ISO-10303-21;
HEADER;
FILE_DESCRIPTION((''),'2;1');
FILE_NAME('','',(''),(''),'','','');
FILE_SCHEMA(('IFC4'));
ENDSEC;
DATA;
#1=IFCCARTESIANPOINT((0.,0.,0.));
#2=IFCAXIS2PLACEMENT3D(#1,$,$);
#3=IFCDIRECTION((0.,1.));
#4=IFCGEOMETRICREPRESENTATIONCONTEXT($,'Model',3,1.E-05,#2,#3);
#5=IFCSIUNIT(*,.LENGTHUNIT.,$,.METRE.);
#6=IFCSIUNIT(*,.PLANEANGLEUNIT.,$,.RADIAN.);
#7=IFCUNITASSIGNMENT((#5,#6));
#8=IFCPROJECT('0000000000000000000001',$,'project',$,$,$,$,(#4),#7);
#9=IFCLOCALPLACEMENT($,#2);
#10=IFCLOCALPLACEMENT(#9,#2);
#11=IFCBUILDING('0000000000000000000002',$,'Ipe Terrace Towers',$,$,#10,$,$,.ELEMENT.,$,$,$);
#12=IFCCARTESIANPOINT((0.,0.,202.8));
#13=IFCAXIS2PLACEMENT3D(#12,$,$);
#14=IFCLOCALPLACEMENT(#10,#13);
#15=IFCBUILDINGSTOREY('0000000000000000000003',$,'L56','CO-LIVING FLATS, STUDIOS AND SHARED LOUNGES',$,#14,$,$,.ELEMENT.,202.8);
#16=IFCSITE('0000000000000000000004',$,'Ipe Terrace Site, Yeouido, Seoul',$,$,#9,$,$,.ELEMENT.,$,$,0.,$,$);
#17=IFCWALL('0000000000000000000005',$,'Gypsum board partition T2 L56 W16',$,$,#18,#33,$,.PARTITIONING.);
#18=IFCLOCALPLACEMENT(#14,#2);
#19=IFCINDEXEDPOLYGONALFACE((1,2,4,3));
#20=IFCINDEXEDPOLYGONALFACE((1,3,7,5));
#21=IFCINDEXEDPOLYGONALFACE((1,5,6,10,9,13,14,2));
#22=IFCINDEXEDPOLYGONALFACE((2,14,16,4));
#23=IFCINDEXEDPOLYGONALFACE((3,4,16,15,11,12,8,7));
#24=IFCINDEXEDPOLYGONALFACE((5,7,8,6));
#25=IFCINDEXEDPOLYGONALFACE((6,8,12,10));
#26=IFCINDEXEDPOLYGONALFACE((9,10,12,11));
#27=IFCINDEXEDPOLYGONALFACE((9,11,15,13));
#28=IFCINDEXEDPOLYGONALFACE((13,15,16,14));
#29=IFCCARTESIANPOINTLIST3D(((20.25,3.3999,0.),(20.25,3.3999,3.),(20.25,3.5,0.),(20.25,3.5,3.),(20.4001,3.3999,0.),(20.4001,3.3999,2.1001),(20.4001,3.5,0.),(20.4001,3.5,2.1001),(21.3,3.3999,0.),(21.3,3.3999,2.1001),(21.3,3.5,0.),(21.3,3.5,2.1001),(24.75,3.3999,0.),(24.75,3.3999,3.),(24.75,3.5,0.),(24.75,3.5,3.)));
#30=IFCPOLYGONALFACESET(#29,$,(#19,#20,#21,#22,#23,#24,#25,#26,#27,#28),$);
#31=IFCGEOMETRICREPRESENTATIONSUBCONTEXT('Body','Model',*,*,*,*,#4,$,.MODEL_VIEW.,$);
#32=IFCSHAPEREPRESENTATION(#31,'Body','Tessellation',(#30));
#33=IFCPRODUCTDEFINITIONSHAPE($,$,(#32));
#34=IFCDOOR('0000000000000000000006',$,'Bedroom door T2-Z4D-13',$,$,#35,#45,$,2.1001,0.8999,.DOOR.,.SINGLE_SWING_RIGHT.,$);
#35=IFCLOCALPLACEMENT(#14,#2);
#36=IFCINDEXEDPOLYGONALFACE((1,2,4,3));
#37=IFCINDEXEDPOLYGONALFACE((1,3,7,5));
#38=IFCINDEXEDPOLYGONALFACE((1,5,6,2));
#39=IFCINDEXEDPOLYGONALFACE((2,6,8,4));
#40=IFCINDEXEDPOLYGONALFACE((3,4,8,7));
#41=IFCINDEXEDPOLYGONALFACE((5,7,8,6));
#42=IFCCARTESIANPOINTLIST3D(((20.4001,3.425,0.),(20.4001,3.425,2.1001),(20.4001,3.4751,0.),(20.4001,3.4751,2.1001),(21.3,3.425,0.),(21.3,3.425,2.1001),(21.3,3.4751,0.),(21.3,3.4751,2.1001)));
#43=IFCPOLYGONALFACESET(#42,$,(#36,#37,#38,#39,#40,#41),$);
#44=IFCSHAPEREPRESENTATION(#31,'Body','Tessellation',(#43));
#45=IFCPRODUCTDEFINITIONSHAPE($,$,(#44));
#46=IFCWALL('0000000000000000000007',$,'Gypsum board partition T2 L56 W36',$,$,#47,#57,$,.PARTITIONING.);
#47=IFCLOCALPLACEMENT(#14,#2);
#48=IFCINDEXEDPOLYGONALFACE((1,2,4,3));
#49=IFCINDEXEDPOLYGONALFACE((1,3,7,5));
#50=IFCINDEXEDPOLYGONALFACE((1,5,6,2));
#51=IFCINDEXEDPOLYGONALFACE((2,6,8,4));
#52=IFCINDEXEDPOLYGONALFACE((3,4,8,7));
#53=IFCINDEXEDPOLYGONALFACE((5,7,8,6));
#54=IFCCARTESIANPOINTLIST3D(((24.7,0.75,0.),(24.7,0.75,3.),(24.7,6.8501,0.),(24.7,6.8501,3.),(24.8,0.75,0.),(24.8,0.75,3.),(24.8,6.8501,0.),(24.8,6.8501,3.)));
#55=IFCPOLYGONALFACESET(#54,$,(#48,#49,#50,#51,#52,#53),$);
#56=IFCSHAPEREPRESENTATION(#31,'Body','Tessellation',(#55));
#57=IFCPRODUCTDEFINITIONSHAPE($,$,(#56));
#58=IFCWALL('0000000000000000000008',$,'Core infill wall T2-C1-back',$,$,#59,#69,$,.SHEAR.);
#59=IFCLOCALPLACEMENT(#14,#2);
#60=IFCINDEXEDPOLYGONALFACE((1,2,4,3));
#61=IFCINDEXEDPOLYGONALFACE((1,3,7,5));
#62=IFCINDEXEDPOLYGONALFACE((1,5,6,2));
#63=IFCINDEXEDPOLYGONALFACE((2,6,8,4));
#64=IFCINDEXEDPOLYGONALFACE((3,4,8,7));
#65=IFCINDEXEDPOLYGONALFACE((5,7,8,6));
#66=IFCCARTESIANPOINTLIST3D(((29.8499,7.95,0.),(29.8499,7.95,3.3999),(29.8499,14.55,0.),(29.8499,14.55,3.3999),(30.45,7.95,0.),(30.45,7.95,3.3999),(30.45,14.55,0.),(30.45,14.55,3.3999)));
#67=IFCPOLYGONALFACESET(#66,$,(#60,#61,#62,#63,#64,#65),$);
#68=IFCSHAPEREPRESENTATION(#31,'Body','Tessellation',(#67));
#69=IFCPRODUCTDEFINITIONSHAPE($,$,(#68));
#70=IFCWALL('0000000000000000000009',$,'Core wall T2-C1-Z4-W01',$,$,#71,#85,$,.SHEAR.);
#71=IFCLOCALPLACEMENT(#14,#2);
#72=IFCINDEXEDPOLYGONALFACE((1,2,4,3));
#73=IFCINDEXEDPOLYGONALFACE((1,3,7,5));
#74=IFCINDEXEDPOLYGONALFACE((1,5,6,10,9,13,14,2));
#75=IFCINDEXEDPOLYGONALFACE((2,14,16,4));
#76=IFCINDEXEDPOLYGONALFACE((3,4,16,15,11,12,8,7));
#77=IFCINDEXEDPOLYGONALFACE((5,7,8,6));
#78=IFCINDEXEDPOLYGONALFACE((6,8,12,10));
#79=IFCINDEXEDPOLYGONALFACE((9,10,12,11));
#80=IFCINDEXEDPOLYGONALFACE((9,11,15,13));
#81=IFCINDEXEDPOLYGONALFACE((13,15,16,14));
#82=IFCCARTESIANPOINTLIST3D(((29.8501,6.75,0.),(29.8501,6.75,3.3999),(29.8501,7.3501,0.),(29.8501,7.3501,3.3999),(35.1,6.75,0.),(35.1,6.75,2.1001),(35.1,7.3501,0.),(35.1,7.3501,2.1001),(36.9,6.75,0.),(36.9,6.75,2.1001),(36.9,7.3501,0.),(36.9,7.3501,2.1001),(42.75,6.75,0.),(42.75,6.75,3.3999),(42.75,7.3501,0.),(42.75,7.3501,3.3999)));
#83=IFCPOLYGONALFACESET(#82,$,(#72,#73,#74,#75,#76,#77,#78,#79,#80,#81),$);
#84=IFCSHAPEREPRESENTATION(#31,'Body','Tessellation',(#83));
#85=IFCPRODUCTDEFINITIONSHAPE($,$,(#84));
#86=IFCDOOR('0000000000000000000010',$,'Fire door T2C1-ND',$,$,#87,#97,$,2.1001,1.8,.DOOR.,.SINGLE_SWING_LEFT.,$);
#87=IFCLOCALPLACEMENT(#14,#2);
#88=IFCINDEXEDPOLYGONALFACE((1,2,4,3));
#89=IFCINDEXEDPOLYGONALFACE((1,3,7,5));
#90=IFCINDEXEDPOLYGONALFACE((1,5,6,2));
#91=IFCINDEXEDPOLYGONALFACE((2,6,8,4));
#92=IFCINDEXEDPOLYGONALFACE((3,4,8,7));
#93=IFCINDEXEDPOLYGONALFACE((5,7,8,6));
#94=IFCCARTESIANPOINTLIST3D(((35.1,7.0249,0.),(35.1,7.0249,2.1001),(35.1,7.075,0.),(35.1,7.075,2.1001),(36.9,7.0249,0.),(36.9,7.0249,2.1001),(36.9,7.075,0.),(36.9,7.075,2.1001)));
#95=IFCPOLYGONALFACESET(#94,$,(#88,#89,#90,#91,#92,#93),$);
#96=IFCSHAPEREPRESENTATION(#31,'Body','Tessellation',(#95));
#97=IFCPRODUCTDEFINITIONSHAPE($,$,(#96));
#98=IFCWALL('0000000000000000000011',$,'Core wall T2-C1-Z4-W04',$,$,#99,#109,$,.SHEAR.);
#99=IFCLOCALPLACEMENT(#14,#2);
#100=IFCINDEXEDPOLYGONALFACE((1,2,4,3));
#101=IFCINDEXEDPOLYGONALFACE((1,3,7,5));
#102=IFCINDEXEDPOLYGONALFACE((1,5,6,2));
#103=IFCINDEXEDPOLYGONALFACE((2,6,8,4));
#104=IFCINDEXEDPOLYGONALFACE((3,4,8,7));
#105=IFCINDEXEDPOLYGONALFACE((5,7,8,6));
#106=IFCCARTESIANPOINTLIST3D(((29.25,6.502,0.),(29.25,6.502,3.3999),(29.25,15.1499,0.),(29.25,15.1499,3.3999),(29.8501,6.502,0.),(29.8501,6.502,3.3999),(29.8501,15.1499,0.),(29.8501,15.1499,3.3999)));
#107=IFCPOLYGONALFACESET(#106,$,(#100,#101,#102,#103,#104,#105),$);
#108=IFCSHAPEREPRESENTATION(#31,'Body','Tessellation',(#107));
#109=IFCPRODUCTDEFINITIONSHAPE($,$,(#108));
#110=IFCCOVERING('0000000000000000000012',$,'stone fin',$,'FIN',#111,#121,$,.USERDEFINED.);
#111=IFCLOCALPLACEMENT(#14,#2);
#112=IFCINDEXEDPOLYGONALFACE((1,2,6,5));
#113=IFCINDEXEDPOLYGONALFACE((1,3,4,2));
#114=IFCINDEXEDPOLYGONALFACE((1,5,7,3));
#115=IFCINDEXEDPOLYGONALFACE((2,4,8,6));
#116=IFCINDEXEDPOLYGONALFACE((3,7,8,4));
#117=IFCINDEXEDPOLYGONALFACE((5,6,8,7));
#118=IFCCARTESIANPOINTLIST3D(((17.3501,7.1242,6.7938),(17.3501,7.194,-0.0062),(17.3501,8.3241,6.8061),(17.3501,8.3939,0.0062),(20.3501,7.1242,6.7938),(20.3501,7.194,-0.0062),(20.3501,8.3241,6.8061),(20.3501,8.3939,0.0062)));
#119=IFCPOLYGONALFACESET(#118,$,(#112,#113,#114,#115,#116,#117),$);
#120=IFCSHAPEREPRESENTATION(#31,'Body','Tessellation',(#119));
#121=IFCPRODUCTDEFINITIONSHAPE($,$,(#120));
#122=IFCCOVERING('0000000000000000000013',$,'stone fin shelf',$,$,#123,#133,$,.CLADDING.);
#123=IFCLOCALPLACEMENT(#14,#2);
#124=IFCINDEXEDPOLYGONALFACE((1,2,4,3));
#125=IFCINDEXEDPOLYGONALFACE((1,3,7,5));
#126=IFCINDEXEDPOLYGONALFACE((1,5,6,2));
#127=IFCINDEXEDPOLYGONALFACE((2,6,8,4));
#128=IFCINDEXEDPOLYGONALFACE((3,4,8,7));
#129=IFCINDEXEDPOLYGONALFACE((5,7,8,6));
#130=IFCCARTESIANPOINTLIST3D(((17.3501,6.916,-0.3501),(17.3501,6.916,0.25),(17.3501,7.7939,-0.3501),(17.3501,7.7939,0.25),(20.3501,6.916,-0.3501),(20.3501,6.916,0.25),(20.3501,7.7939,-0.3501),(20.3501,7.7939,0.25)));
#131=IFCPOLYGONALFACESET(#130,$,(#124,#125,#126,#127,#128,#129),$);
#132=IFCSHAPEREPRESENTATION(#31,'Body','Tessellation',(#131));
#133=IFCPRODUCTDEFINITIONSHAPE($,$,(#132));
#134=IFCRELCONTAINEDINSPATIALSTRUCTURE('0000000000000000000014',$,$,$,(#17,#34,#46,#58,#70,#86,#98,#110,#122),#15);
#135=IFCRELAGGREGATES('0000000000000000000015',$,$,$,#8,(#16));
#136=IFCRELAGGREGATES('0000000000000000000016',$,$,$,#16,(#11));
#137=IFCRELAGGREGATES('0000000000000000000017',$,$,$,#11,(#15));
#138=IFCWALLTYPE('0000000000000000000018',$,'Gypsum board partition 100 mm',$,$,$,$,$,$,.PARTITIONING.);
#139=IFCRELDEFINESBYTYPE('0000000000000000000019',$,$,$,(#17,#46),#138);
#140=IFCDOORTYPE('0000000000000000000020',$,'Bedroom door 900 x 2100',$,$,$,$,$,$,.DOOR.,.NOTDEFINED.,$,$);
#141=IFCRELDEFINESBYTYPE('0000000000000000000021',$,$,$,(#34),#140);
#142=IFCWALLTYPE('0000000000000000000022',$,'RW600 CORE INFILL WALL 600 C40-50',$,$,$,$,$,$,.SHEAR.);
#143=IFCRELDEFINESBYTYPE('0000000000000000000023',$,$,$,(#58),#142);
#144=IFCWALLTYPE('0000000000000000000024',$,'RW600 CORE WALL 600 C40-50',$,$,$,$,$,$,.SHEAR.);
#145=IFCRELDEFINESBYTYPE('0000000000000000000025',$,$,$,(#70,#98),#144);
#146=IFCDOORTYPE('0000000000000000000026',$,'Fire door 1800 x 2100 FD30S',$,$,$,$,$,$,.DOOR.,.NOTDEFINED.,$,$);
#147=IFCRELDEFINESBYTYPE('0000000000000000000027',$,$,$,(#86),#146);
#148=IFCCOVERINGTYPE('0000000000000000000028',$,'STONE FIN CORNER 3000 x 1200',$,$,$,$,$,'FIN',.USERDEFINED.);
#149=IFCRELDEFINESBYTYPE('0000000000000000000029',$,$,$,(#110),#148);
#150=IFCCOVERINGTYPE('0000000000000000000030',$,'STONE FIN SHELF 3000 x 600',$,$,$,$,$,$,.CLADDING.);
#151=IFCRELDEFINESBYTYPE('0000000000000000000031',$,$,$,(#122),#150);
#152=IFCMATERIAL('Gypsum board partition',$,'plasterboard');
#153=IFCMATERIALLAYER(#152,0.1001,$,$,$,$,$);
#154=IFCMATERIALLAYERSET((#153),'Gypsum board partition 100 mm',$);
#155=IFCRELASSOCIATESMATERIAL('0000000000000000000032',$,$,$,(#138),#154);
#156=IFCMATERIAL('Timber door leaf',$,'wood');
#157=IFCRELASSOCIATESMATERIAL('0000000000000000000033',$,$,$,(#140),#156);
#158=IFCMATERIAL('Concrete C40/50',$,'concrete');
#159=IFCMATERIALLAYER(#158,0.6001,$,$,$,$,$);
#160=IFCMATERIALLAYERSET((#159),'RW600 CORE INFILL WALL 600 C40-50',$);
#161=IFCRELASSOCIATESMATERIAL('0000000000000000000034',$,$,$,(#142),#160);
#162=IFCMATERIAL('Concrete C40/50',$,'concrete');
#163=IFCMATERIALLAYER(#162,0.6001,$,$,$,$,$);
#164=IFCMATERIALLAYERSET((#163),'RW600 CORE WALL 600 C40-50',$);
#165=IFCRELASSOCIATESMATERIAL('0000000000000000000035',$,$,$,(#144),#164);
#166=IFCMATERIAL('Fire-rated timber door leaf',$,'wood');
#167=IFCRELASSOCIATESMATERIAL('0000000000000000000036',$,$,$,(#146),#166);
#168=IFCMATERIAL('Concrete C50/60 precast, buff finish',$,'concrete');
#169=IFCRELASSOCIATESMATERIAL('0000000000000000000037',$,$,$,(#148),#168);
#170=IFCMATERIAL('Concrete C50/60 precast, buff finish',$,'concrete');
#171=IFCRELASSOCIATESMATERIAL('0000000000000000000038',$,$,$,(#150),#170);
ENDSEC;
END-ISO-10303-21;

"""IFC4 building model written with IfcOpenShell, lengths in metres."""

from ifc_helpers import new_model, si_unit, direction, frame, frame_2d, origin, origin_2d, place, context, subcontext, project, spatial, rectangle, extrude, material, layer, layer_set, material_profile, profile_set, type_object, element, fill, save


model = new_model("IFC4")

# Units and contexts
model_context = context("Model", 3, precision=1e-05, world=origin(), true_north=direction((0.0, 1.0)))
body_context = subcontext(model_context, "Body", "Model", "MODEL_VIEW")
ifc_project = project(units=[si_unit("LENGTHUNIT", "METRE"), si_unit("PLANEANGLEUNIT", "RADIAN")], contexts=[model_context])

# Site, building, storey
site_placement = place(None, origin())
site = spatial("IfcSite", under=ifc_project, at=site_placement, Name="Ipe Terrace Site, Yeouido, Seoul", CompositionType="ELEMENT", RefElevation=0.0)
building_placement = place(site_placement, origin())
building = spatial("IfcBuilding", under=site, at=building_placement, Name="Ipe Terrace Towers", CompositionType="ELEMENT")
storey_placement = place(building_placement, frame((0.0, 0.0, 202.8)))
storey = spatial("IfcBuildingStorey", under=building, at=storey_placement, Name="L56", Description="CO-LIVING FLATS, STUDIOS AND SHARED LOUNGES", CompositionType="ELEMENT", Elevation=202.8)

# Shared definitions
ifc_material_1 = material(Name="Gypsum board partition", Category="plasterboard")
ifc_layer_1 = layer(ifc_material_1, 0.1001)
ifc_layer_set_1 = layer_set([ifc_layer_1], Name="Gypsum board partition 100 mm")
wall_type_1 = type_object("IfcWallType", Name="Gypsum board partition 100 mm", PredefinedType="PARTITIONING", material=ifc_layer_set_1)

# Wall, opening, door
ifc_material_2 = material(Name="Timber door leaf", Category="wood")
door_type_1 = type_object("IfcDoorType", Name="Bedroom door 900 x 2100", OperationType="NOTDEFINED", PredefinedType="DOOR", material=ifc_material_2)
wall_1_placement = place(storey_placement, frame((24.75, 3.45, 0.0), z_axis=(0.0, 0.0, 1.0), x_axis=(-1.0, 0.0, 0.0)))
wall_1 = element("IfcWall", 1, at=wall_1_placement, inside=storey, type_object=wall_type_1, Name="Gypsum board partition T2 L56 W16", PredefinedType="PARTITIONING", context=body_context, shape_type="SweptSolid", body=[
    extrude(rectangle(XDim=4.5, YDim=0.1001, at=frame_2d((2.25, 0.0))), origin(), (0.0, 0.0, 1.0), 3.0),
])
opening_1_placement = place(wall_1_placement, frame((3.45, 0.0, 0.0)))
opening_1 = element("IfcOpeningElement", 2, at=opening_1_placement, cuts=wall_1, PredefinedType="OPENING", context=body_context, shape_type="SweptSolid", body=[
    extrude(rectangle(XDim=0.8999, YDim=2.1001, at=frame_2d((0.45, 1.05))), frame((0.0, 0.0601, 0.0), z_axis=(0.0, -1.0, 0.0), x_axis=(1.0, 0.0, 0.0)), (0.0, 0.0, 1.0), 0.1201),
])
door_1_placement = place(opening_1_placement, origin())
door_1 = element("IfcDoor", 3, at=door_1_placement, inside=storey, type_object=door_type_1, Name="Bedroom door T2-Z4D-13", OperationType="SINGLE_SWING_RIGHT", OverallHeight=2.1001, OverallWidth=0.8999, PredefinedType="DOOR", context=body_context, shape_type="SweptSolid", body=[
    extrude(rectangle(XDim=0.8999, YDim=2.1001, at=frame_2d((0.45, 1.05))), frame((0.0, 0.0249, 0.0), z_axis=(0.0, -1.0, 0.0), x_axis=(1.0, 0.0, 0.0)), (0.0, 0.0, 1.0), 0.05),
])
fill(opening_1, door_1)

# Walls
wall_2_placement = place(storey_placement, frame((24.75, 0.75, 0.0), z_axis=(0.0, 0.0, 1.0), x_axis=(0.0, 1.0, 0.0)))
element("IfcWall", 4, at=wall_2_placement, inside=storey, type_object=wall_type_1, Name="Gypsum board partition T2 L56 W36", PredefinedType="PARTITIONING", context=body_context, shape_type="SweptSolid", body=[
    extrude(rectangle(XDim=6.1001, YDim=0.1001, at=frame_2d((3.05, 0.0))), origin(), (0.0, 0.0, 1.0), 3.0),
])
ifc_material_3 = material(Name="Concrete C40/50", Category="concrete")
ifc_layer_2 = layer(ifc_material_3, 0.6001)
ifc_layer_set_2 = layer_set([ifc_layer_2], Name="RW600 CORE INFILL WALL 600 C40-50")
wall_type_2 = type_object("IfcWallType", Name="RW600 CORE INFILL WALL 600 C40-50", PredefinedType="SHEAR", material=ifc_layer_set_2)
wall_3_placement = place(storey_placement, frame((30.1499, 7.95, 0.0), z_axis=(0.0, 0.0, 1.0), x_axis=(0.0, 1.0, 0.0)))
element("IfcWall", 5, at=wall_3_placement, inside=storey, type_object=wall_type_2, Name="Core infill wall T2-C1-back", PredefinedType="SHEAR", context=body_context, shape_type="SweptSolid", body=[
    extrude(rectangle(XDim=6.6001, YDim=0.6001, at=frame_2d((3.3, 0.0))), origin(), (0.0, 0.0, 1.0), 3.3999),
])

# Wall, opening, door
ifc_material_4 = material(Name="Concrete C40/50", Category="concrete")
ifc_layer_3 = layer(ifc_material_4, 0.6001)
ifc_layer_set_3 = layer_set([ifc_layer_3], Name="RW600 CORE WALL 600 C40-50")
wall_type_3 = type_object("IfcWallType", Name="RW600 CORE WALL 600 C40-50", PredefinedType="SHEAR", material=ifc_layer_set_3)
wall_4_placement = place(storey_placement, frame((29.8501, 7.05, 0.0), z_axis=(0.0, 0.0, 1.0), x_axis=(1.0, 0.0, 0.0)))
wall_4 = element("IfcWall", 6, at=wall_4_placement, inside=storey, type_object=wall_type_3, Name="Core wall T2-C1-Z4-W01", PredefinedType="SHEAR", context=body_context, shape_type="SweptSolid", body=[
    extrude(rectangle(XDim=12.8999, YDim=0.6001, at=frame_2d((6.45, 0.0))), origin(), (0.0, 0.0, 1.0), 3.3999),
])
opening_2_placement = place(wall_4_placement, frame((5.25, 0.0, 0.0)))
opening_2 = element("IfcOpeningElement", 7, at=opening_2_placement, cuts=wall_4, PredefinedType="OPENING", context=body_context, shape_type="SweptSolid", body=[
    extrude(rectangle(XDim=1.8, YDim=2.1001, at=frame_2d((0.8999, 1.05))), frame((0.0, 0.3101, 0.0), z_axis=(0.0, -1.0, 0.0), x_axis=(1.0, 0.0, 0.0)), (0.0, 0.0, 1.0), 0.6201),
])
ifc_material_5 = material(Name="Fire-rated timber door leaf", Category="wood")
door_type_2 = type_object("IfcDoorType", Name="Fire door 1800 x 2100 FD30S", OperationType="NOTDEFINED", PredefinedType="DOOR", material=ifc_material_5)
door_2_placement = place(opening_2_placement, origin())
door_2 = element("IfcDoor", 8, at=door_2_placement, inside=storey, type_object=door_type_2, Name="Fire door T2C1-ND", OperationType="SINGLE_SWING_LEFT", OverallHeight=2.1001, OverallWidth=1.8, PredefinedType="DOOR", context=body_context, shape_type="SweptSolid", body=[
    extrude(rectangle(XDim=1.8, YDim=2.1001, at=frame_2d((0.8999, 1.05))), frame((0.0, 0.0249, 0.0), z_axis=(0.0, -1.0, 0.0), x_axis=(1.0, 0.0, 0.0)), (0.0, 0.0, 1.0), 0.05),
])
fill(opening_2, door_2)

# Wall
wall_5_placement = place(storey_placement, frame((29.55, 15.1499, 0.0), z_axis=(0.0, 0.0, 1.0), x_axis=(0.0, -1.0, 0.0)))
element("IfcWall", 9, at=wall_5_placement, inside=storey, type_object=wall_type_3, Name="Core wall T2-C1-Z4-W04", PredefinedType="SHEAR", context=body_context, shape_type="SweptSolid", body=[
    extrude(rectangle(XDim=8.6479, YDim=0.6001, at=frame_2d((4.324, 0.0))), origin(), (0.0, 0.0, 1.0), 3.3999),
])

# Coverings
ifc_material_6 = material(Name="Concrete C50/60 precast, buff finish", Category="concrete")
ifc_material_profile_1 = material_profile(ifc_material_6, rectangle(XDim=3.0, YDim=1.2, at=origin_2d()), Name="STONE FIN CORNER 3000 x 1200")
ifc_profile_set_1 = profile_set([ifc_material_profile_1], Name="Concrete C50/60 precast, buff finish")
covering_type_1 = type_object("IfcCoveringType", Name="STONE FIN CORNER 3000 x 1200", ElementType="FIN", PredefinedType="USERDEFINED", material=ifc_profile_set_1)
covering_1_placement = place(storey_placement, frame((18.8501, 7.7939, 0.0), z_axis=(0.0, -0.010268, 0.999947), x_axis=(-1.0, 0.0, 0.0)))
element("IfcCovering", 10, at=covering_1_placement, inside=storey, type_object=covering_type_1, Name="stone fin", ObjectType="FIN", PredefinedType="USERDEFINED", context=body_context, shape_type="SweptSolid", body=[
    extrude(rectangle(XDim=3.0, YDim=1.2, at=origin_2d()), origin(), (0.0, 0.0, 1.0), 6.8003),
])
ifc_material_7 = material(Name="Concrete C50/60 precast, buff finish", Category="concrete")
covering_type_2 = type_object("IfcCoveringType", Name="STONE FIN SHELF 3000 x 600", PredefinedType="CLADDING", material=ifc_material_7)
covering_2_placement = place(storey_placement, frame((18.8501, 7.355, -0.3501), z_axis=(0.0, 0.0, 1.0), x_axis=(-1.0, 0.0, 0.0)))
element("IfcCovering", 11, at=covering_2_placement, inside=storey, type_object=covering_type_2, Name="stone fin shelf", PredefinedType="CLADDING", context=body_context, shape_type="SweptSolid", body=[
    extrude(rectangle(XDim=3.0, YDim=0.8779, at=origin_2d()), origin(), (0.0, 0.0, 1.0), 0.6001),
])

save(model, "model.ifc")
